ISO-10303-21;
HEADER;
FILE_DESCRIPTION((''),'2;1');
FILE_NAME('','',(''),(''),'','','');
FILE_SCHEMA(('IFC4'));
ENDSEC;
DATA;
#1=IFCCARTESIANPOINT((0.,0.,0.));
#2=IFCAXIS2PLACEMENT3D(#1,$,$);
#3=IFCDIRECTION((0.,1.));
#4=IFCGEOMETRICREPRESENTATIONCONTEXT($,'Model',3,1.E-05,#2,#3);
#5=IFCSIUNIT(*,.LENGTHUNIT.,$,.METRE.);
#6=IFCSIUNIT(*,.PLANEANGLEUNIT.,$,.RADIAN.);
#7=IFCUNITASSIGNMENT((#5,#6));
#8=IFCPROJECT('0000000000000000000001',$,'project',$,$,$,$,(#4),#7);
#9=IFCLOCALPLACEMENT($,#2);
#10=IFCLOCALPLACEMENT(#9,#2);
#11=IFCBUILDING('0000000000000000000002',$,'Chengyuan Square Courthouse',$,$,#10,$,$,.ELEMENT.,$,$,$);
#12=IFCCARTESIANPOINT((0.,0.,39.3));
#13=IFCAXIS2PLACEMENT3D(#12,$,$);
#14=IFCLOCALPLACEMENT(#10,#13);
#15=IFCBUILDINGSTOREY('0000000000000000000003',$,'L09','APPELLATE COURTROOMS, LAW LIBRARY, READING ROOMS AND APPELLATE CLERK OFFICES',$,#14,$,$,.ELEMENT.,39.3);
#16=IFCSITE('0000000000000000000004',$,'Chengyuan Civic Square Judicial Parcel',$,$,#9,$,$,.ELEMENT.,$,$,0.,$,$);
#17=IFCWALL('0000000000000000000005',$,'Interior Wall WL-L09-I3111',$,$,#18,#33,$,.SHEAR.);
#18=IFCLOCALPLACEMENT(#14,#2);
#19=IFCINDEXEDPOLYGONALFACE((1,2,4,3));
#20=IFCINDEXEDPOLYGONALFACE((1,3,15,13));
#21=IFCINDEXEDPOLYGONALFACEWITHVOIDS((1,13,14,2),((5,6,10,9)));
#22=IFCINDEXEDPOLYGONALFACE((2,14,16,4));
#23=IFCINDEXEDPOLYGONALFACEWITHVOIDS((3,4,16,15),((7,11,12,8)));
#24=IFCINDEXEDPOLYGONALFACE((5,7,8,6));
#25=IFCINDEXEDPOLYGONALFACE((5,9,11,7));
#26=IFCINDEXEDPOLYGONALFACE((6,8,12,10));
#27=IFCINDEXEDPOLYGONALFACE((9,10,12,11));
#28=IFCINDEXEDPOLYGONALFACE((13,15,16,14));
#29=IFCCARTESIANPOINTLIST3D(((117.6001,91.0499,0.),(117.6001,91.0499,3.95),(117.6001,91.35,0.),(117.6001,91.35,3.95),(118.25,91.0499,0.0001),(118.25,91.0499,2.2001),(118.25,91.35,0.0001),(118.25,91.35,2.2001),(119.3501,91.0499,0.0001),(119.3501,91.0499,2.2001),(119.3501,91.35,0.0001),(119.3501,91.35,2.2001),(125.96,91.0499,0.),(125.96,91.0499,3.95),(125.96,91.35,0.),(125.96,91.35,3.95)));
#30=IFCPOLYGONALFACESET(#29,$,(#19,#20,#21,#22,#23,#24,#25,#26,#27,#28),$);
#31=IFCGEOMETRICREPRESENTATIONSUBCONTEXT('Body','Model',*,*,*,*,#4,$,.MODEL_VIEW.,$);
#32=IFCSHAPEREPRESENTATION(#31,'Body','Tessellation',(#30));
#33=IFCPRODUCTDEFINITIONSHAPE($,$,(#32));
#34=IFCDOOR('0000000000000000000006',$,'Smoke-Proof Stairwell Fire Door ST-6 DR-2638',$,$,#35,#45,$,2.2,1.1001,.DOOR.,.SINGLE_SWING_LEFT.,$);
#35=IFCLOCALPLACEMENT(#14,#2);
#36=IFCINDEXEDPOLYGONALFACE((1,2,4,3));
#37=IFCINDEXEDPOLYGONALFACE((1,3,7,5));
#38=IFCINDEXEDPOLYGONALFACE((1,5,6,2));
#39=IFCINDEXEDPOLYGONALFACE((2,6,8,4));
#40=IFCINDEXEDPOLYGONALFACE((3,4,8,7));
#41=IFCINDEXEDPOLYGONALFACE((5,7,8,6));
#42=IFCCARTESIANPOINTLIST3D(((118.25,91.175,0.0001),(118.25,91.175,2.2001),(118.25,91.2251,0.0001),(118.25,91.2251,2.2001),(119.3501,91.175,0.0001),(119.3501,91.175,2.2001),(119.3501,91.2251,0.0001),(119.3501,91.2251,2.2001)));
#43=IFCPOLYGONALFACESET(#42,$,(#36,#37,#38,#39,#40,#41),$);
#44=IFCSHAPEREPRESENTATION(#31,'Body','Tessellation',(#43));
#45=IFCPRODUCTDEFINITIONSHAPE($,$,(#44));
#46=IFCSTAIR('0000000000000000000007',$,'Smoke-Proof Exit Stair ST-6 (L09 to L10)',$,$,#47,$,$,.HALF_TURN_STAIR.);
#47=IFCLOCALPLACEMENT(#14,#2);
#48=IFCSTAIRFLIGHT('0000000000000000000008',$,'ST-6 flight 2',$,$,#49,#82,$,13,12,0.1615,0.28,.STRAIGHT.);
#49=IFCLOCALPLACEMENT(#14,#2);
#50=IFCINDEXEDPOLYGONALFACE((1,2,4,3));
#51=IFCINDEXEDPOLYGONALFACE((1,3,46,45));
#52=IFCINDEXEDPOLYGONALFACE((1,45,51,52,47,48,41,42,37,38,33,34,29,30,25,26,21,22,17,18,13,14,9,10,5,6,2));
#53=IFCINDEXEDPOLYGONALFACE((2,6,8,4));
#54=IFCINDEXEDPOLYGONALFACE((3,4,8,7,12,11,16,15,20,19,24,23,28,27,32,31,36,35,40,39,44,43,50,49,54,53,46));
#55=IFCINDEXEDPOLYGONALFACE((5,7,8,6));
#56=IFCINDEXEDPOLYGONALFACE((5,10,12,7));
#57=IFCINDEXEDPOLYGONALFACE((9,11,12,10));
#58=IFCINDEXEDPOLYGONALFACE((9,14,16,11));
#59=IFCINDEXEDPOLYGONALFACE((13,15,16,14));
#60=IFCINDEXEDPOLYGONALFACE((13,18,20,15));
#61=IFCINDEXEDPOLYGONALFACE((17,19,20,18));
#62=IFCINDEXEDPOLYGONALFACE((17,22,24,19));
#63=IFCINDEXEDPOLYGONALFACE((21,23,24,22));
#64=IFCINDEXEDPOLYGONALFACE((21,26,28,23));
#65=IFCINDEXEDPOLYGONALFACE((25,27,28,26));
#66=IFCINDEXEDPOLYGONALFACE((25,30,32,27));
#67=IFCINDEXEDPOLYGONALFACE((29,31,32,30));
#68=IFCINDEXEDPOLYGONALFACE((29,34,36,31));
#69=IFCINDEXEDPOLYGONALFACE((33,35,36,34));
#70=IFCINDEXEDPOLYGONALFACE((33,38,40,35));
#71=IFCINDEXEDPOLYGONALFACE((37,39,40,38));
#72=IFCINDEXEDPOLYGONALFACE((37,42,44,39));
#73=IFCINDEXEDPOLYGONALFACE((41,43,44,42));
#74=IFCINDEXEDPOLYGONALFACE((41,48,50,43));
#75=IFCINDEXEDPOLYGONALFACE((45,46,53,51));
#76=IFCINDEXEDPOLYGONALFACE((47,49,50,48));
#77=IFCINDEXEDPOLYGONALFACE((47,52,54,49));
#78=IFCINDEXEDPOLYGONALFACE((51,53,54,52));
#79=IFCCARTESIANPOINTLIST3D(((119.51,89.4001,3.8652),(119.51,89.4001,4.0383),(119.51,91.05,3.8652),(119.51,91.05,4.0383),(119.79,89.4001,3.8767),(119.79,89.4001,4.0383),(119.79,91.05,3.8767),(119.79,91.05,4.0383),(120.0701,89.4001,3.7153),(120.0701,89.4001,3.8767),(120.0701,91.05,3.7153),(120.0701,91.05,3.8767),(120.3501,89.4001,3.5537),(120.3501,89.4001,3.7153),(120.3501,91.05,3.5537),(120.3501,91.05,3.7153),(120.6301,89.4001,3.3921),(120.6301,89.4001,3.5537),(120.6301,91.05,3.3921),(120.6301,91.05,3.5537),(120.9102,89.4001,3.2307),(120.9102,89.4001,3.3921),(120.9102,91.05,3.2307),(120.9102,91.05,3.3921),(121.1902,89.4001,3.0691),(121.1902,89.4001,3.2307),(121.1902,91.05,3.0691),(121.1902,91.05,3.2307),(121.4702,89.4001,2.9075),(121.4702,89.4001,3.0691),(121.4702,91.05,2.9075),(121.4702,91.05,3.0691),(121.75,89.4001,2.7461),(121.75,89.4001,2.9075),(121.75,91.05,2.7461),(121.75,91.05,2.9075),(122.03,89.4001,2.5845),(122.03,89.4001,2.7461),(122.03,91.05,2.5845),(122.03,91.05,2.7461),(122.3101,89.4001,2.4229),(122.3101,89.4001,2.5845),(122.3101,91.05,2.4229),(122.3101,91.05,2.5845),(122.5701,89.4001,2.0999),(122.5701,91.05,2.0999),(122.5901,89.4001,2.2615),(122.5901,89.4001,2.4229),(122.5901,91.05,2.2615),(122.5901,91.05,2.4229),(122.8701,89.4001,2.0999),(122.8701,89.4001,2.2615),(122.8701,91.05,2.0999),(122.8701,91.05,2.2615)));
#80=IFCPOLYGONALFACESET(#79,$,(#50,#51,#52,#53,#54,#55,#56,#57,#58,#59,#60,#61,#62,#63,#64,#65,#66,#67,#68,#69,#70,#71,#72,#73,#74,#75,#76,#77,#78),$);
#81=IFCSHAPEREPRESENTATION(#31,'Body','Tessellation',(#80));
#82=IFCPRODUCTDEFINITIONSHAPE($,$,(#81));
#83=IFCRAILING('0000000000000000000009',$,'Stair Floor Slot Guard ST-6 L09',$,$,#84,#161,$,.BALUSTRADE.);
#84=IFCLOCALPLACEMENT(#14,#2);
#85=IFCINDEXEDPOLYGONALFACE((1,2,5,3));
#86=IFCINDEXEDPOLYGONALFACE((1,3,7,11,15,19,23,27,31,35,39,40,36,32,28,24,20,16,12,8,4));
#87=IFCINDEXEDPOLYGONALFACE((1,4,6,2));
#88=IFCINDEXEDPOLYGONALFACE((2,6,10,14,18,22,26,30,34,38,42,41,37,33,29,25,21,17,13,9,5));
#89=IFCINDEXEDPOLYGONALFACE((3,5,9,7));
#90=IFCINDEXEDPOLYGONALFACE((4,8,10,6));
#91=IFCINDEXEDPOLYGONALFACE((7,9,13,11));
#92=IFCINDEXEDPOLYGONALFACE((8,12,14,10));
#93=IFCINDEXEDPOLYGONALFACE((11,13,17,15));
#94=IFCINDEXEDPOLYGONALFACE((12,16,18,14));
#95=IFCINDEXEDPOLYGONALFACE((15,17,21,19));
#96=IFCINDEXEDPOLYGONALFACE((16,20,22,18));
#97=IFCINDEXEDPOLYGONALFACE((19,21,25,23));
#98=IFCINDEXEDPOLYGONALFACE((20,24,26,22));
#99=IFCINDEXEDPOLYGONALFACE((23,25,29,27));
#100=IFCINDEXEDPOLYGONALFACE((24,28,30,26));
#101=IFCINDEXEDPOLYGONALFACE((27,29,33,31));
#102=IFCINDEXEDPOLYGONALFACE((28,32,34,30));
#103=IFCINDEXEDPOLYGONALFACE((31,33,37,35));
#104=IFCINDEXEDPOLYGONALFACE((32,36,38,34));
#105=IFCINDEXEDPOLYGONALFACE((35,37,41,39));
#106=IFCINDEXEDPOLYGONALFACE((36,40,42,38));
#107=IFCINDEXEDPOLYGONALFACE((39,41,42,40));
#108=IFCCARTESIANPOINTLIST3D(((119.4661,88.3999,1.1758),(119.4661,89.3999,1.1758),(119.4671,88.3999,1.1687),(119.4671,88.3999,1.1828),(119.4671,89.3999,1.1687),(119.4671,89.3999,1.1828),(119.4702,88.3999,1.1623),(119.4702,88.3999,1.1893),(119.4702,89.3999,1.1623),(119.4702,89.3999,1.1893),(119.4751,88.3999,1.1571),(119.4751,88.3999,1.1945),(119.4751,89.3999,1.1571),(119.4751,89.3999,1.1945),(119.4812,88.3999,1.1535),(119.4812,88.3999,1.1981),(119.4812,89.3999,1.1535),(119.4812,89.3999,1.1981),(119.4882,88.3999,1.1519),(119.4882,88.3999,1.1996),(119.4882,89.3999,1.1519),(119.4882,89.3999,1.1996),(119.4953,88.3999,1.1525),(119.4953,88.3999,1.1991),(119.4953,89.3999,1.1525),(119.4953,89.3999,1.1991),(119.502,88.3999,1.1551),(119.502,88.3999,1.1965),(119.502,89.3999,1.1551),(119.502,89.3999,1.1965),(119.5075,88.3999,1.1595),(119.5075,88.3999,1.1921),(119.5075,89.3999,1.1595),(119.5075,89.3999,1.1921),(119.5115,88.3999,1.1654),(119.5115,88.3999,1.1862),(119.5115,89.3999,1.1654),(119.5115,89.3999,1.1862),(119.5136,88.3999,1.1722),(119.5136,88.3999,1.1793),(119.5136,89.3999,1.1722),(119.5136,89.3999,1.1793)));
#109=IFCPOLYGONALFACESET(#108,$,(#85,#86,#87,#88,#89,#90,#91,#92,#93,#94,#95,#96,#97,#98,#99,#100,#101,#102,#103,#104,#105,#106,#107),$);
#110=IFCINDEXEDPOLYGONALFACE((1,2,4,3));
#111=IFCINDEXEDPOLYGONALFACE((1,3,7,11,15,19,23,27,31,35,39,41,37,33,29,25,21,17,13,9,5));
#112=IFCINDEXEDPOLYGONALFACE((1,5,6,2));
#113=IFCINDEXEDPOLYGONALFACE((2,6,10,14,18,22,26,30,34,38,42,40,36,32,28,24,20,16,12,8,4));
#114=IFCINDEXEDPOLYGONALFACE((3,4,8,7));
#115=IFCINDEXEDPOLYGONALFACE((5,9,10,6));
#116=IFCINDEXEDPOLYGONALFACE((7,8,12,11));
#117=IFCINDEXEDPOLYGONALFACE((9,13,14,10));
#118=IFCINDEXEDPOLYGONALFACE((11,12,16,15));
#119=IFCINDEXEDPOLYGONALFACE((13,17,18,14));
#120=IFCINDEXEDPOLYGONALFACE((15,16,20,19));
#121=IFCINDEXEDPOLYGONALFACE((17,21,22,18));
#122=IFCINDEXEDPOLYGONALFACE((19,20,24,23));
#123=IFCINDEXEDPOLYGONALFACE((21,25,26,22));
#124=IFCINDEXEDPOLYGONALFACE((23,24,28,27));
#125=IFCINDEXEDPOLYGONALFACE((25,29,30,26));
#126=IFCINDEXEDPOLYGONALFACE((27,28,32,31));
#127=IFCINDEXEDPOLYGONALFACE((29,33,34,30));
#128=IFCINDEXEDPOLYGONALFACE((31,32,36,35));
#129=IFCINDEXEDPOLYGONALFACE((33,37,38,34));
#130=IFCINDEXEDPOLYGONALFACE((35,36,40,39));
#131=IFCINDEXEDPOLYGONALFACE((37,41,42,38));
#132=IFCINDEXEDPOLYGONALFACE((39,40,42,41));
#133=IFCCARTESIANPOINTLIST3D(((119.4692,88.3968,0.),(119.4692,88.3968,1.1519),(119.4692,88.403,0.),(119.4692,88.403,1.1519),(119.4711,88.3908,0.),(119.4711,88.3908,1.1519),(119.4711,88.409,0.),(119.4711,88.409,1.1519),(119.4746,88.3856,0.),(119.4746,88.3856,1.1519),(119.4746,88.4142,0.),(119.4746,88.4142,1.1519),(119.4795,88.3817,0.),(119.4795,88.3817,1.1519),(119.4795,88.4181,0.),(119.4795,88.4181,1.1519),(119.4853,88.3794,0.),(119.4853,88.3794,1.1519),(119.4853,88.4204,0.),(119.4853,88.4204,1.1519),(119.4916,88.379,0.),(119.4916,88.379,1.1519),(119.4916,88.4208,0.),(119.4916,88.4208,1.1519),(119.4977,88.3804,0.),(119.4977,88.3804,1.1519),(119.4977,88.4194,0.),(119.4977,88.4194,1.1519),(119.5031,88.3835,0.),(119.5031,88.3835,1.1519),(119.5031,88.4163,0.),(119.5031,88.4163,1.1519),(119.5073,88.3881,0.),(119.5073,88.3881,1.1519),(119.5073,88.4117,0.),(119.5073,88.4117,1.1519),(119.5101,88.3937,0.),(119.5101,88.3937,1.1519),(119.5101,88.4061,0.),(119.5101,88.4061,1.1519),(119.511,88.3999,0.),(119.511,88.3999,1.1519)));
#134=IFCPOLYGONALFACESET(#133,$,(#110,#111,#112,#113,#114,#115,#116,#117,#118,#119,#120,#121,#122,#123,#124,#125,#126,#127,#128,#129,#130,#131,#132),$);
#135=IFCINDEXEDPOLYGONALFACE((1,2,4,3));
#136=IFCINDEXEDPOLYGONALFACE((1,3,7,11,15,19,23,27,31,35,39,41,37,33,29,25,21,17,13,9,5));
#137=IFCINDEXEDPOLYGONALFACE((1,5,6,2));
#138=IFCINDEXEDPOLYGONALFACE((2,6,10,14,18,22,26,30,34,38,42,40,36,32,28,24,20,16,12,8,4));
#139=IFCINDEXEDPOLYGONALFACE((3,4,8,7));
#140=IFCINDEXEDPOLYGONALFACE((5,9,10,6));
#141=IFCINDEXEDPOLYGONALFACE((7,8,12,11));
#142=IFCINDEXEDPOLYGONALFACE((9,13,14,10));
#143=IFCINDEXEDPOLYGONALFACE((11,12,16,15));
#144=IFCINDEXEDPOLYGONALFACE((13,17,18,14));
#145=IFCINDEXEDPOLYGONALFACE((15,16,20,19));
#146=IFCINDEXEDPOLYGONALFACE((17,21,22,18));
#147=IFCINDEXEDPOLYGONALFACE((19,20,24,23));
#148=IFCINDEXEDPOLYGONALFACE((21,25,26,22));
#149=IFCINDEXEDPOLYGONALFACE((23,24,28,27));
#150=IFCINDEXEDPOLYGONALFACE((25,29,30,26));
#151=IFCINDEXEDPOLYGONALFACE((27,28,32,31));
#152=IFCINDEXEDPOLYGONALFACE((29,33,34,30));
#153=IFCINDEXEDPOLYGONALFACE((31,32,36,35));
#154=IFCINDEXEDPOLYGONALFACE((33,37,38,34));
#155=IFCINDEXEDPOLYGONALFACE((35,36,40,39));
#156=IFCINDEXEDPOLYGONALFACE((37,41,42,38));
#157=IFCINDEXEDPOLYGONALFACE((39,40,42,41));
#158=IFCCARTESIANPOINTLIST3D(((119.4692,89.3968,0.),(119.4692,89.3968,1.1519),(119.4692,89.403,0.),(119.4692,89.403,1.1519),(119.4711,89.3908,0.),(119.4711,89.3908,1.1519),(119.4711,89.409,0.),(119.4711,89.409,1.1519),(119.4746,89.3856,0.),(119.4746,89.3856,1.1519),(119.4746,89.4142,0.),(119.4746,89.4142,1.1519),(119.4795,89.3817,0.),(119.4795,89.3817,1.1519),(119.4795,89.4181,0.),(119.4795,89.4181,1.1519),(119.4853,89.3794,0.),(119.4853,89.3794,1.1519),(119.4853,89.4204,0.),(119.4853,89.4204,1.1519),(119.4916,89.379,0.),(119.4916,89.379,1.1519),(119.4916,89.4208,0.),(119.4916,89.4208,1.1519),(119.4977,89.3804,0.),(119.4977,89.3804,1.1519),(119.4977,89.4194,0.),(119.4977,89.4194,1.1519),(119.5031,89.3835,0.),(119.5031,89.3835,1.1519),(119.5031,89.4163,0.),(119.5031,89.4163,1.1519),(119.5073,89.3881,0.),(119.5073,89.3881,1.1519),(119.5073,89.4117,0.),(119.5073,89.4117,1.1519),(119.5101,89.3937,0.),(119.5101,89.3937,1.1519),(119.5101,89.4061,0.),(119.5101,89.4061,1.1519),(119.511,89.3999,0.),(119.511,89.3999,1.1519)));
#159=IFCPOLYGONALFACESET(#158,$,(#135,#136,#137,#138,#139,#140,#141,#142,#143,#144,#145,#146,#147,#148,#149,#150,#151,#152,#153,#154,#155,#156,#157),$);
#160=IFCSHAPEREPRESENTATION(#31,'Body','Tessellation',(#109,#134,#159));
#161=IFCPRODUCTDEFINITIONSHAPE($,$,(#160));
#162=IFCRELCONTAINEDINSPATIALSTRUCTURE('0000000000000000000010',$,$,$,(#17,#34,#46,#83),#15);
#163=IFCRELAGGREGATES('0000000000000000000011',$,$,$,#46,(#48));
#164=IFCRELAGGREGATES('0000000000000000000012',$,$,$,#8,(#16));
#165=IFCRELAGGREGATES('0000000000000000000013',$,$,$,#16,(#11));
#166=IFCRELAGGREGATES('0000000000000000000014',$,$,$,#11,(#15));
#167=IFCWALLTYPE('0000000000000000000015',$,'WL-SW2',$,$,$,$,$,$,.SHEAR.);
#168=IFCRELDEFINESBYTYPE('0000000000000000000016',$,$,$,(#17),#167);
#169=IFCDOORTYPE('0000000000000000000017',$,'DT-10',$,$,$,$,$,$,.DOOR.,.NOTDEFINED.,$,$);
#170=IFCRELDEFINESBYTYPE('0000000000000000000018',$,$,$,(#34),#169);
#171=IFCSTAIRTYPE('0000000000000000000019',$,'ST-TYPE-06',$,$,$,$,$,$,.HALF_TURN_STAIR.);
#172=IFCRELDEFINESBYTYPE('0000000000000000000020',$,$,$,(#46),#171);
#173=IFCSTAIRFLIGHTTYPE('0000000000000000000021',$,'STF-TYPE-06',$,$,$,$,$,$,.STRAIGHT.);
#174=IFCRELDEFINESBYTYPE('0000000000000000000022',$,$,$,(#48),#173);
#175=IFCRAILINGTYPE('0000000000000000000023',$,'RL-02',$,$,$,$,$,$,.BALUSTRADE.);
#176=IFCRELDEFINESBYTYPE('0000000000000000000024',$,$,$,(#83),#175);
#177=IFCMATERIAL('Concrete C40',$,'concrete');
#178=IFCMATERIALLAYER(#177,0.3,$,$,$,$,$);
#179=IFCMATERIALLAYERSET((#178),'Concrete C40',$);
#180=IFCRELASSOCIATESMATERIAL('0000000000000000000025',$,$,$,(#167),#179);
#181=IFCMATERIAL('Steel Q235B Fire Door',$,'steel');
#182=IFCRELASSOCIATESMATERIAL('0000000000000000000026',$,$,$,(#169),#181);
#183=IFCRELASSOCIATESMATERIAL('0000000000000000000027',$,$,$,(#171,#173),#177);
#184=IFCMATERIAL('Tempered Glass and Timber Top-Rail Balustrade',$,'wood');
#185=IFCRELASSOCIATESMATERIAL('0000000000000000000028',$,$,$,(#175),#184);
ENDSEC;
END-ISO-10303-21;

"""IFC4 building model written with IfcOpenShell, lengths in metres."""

from ifc_helpers import new_model, si_unit, direction, frame, frame_2d, origin, origin_2d, place, context, subcontext, project, spatial, polyline, rectangle, circle, outline, extrude, material, layer, layer_set, type_object, element, fill, aggregate, save


model = new_model("IFC4")

# Units and contexts
model_context = context("Model", 3, precision=1e-05, world=origin(), true_north=direction((0.0, 1.0)))
body_context = subcontext(model_context, "Body", "Model", "MODEL_VIEW")
ifc_project = project(units=[si_unit("LENGTHUNIT", "METRE"), si_unit("PLANEANGLEUNIT", "RADIAN")], contexts=[model_context])

# Site, building, storey
site_placement = place(None, origin())
site = spatial("IfcSite", under=ifc_project, at=site_placement, Name="Chengyuan Civic Square Judicial Parcel", CompositionType="ELEMENT", RefElevation=0.0)
building_placement = place(site_placement, origin())
building = spatial("IfcBuilding", under=site, at=building_placement, Name="Chengyuan Square Courthouse", CompositionType="ELEMENT")
storey_placement = place(building_placement, frame((0.0, 0.0, 39.3)))
storey = spatial("IfcBuildingStorey", under=building, at=storey_placement, Name="L09", Description="APPELLATE COURTROOMS, LAW LIBRARY, READING ROOMS AND APPELLATE CLERK OFFICES", CompositionType="ELEMENT", Elevation=39.3)

# Shared definitions
ifc_material_1 = material(Name="Concrete C40", Category="concrete")

# Shared definitions
ifc_material_2 = material(Name="Steel Q235B Fire Door", Category="steel")

# Wall, opening, door
ifc_layer_1 = layer(ifc_material_1, 0.3)
ifc_layer_set_1 = layer_set([ifc_layer_1], Name="Concrete C40")
wall_type_1 = type_object("IfcWallType", Name="WL-SW2", PredefinedType="SHEAR", material=ifc_layer_set_1)
wall_1_placement = place(storey_placement, frame((117.6001, 91.2, 0.0), z_axis=(0.0, 0.0, 1.0), x_axis=(1.0, 0.0, 0.0)))
wall_1 = element("IfcWall", 1, at=wall_1_placement, inside=storey, type_object=wall_type_1, Name="Interior Wall WL-L09-I3111", PredefinedType="SHEAR", context=body_context, shape_type="SweptSolid", body=[
    extrude(rectangle(XDim=8.3599, YDim=0.3, at=frame_2d((4.1799, 0.0))), origin(), (0.0, 0.0, 1.0), 3.95),
])
opening_1_placement = place(wall_1_placement, frame((0.6499, 0.0, 0.0)))
opening_1 = element("IfcOpeningElement", 2, at=opening_1_placement, cuts=wall_1, PredefinedType="OPENING", context=body_context, shape_type="SweptSolid", body=[
    extrude(rectangle(XDim=1.1001, YDim=2.2, at=frame_2d((0.55, 1.1001))), frame((0.0, 0.1621, 0.0), z_axis=(0.0, -1.0, 0.0), x_axis=(1.0, 0.0, 0.0)), (0.0, 0.0, 1.0), 0.324),
])
door_type_1 = type_object("IfcDoorType", Name="DT-10", OperationType="NOTDEFINED", PredefinedType="DOOR", material=ifc_material_2)
door_1_placement = place(opening_1_placement, frame((1.1001, 0.0, 0.0), z_axis=(0.0, 0.0, 1.0), x_axis=(-1.0, 0.0, 0.0)))
door_1 = element("IfcDoor", 3, at=door_1_placement, inside=storey, type_object=door_type_1, Name="Smoke-Proof Stairwell Fire Door ST-6 DR-2638", OperationType="SINGLE_SWING_LEFT", OverallHeight=2.2, OverallWidth=1.1001, PredefinedType="DOOR", context=body_context, shape_type="SweptSolid", body=[
    extrude(rectangle(XDim=1.1001, YDim=2.2, at=frame_2d((0.55, 1.1001))), frame((0.0, 0.0249, 0.0), z_axis=(0.0, -1.0, 0.0), x_axis=(1.0, 0.0, 0.0)), (0.0, 0.0, 1.0), 0.05),
])
fill(opening_1, door_1)

# Stair, stair flight
stair_type = type_object("IfcStairType", Name="ST-TYPE-06", PredefinedType="HALF_TURN_STAIR", material=ifc_material_1)
stair_placement = place(storey_placement, origin())
stair = element("IfcStair", 4, at=stair_placement, inside=storey, type_object=stair_type, Name="Smoke-Proof Exit Stair ST-6 (L09 to L10)", PredefinedType="HALF_TURN_STAIR")
stair_flight_type = type_object("IfcStairFlightType", Name="STF-TYPE-06", PredefinedType="STRAIGHT", material=ifc_material_1)
stair_flight_placement = place(storey_placement, frame((122.8701, 90.2251, 2.0999), z_axis=(0.0, 0.0, 1.0), x_axis=(-1.0, 0.0, 0.0)))
stair_flight = element("IfcStairFlight", 5, at=stair_flight_placement, type_object=stair_flight_type, Name="ST-6 flight 2", NumberOfRisers=13, NumberOfTreads=12, PredefinedType="STRAIGHT", RiserHeight=0.1615, TreadLength=0.28, context=body_context, shape_type="SweptSolid", body=[
    extrude(outline(polyline([(0.0, 0.0), (0.0, 0.1616), (0.28, 0.1616), (0.28, 0.323), (0.5601, 0.323), (0.5601, 0.4846), (0.8401, 0.4846), (0.8401, 0.6462), (1.1201, 0.6462), (1.1201, 0.8076), (1.3999, 0.8076), (1.3999, 0.9692), (1.6799, 0.9692), (1.6799, 1.1309), (1.96, 1.1309), (1.96, 1.2922), (2.24, 1.2922), (2.24, 1.4539), (2.52, 1.4539), (2.52, 1.6155), (2.8, 1.6155), (2.8, 1.7769), (3.0801, 1.7769), (3.0801, 1.9385), (3.3601, 1.9385), (3.3601, 2.1001), (3.3601, 1.7654), (0.3, 0.0), (0.0, 0.0)])), frame((0.0, 0.825, 0.0), z_axis=(0.0, -1.0, 0.0), x_axis=(1.0, 0.0, 0.0)), (0.0, 0.0, 1.0), 1.6499),
])
aggregate(stair, [stair_flight])

# Railing
ifc_material_3 = material(Name="Tempered Glass and Timber Top-Rail Balustrade", Category="wood")
railing_type_1 = type_object("IfcRailingType", Name="RL-02", PredefinedType="BALUSTRADE", material=ifc_material_3)
for number, where, name in (
    (6, (119.49, 88.3999, 0.0), "Stair Floor Slot Guard ST-6 L09"),
):
    element("IfcRailing", number, at=place(storey_placement, frame(where)), inside=storey, type_object=railing_type_1, Name=name, PredefinedType="BALUSTRADE", context=body_context, shape_type="SweptSolid", body=[
        extrude(circle(Radius=0.0239, at=origin_2d()), frame((0.0, 0.0, 1.1758), z_axis=(0.0, 1.0, 0.0), x_axis=(-1.0, 0.0, 0.0)), (0.0, 0.0, 1.0), 1.0),
        extrude(circle(Radius=0.021, at=origin_2d()), origin(), (0.0, 0.0, 1.0), 1.1519),
        extrude(circle(Radius=0.021, at=origin_2d()), frame((0.0, 1.0, 0.0)), (0.0, 0.0, 1.0), 1.1519),
    ])

save(model, "model.ifc")
